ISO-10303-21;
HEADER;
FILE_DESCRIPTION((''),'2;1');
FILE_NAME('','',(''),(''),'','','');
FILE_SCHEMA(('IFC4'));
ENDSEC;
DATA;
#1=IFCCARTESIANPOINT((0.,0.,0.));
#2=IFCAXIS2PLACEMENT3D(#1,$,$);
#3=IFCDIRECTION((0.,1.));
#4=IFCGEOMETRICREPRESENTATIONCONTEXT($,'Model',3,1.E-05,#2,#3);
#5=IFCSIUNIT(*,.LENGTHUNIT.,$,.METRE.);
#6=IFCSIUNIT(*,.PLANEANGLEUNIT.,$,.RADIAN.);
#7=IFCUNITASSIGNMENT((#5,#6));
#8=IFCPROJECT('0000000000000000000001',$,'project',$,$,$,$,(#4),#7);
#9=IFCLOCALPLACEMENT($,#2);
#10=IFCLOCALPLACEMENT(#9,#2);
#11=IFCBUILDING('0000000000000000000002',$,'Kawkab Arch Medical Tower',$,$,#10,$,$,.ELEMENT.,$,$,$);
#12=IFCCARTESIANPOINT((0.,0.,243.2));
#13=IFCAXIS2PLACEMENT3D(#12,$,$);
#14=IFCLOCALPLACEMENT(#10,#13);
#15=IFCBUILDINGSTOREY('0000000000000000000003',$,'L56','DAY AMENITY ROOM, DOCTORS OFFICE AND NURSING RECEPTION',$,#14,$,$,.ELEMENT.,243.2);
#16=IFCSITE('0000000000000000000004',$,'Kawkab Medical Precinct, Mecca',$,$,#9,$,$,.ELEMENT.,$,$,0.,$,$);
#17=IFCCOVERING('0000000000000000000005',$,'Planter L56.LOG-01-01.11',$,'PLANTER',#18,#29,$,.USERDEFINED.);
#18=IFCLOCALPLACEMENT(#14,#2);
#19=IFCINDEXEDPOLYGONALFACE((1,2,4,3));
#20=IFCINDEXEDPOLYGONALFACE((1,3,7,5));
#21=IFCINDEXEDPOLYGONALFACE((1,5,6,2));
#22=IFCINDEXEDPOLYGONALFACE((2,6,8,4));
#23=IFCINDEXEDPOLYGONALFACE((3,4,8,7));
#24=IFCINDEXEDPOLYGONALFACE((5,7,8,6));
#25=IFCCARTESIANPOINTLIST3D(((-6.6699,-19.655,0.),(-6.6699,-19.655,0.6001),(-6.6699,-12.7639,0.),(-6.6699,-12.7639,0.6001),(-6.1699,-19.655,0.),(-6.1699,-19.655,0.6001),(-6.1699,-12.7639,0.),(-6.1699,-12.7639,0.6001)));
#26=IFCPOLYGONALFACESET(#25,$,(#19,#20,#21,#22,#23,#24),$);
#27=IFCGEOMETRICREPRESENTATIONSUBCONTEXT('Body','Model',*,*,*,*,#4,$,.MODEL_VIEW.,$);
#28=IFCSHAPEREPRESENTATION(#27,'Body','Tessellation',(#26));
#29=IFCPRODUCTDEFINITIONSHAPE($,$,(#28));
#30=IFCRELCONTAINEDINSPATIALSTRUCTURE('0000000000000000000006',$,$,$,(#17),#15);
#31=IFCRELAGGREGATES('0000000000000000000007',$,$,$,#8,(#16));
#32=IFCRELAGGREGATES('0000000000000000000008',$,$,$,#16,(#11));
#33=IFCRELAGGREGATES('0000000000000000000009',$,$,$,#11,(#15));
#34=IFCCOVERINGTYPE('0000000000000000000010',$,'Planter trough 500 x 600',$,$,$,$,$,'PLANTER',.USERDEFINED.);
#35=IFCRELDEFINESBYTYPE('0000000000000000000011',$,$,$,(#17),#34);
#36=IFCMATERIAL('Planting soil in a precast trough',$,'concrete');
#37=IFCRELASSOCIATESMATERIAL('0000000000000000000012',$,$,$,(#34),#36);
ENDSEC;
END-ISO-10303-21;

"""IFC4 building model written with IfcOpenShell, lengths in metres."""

from ifc_helpers import new_model, si_unit, direction, frame, origin, origin_2d, place, context, subcontext, project, spatial, rectangle, extrude, material, material_profile, profile_set, type_object, element, save


model = new_model("IFC4")

# Units and contexts
model_context = context("Model", 3, precision=1e-05, world=origin(), true_north=direction((0.0, 1.0)))
body_context = subcontext(model_context, "Body", "Model", "MODEL_VIEW")
ifc_project = project(units=[si_unit("LENGTHUNIT", "METRE"), si_unit("PLANEANGLEUNIT", "RADIAN")], contexts=[model_context])

# Site, building, storey
site_placement = place(None, origin())
site = spatial("IfcSite", under=ifc_project, at=site_placement, Name="Kawkab Medical Precinct, Mecca", CompositionType="ELEMENT", RefElevation=0.0)
building_placement = place(site_placement, origin())
building = spatial("IfcBuilding", under=site, at=building_placement, Name="Kawkab Arch Medical Tower", CompositionType="ELEMENT")
storey_placement = place(building_placement, frame((0.0, 0.0, 243.2)))
storey = spatial("IfcBuildingStorey", under=building, at=storey_placement, Name="L56", Description="DAY AMENITY ROOM, DOCTORS OFFICE AND NURSING RECEPTION", CompositionType="ELEMENT", Elevation=243.2)

# Covering
ifc_material_1 = material(Name="Planting soil in a precast trough", Category="concrete")
ifc_material_profile_1 = material_profile(ifc_material_1, rectangle(XDim=0.5, YDim=0.6001, at=origin_2d()), Name="Trough 500x600")
ifc_profile_set_1 = profile_set([ifc_material_profile_1], Name="Planting soil in a precast trough")
covering_type_1 = type_object("IfcCoveringType", Name="Planter trough 500 x 600", ElementType="PLANTER", PredefinedType="USERDEFINED", material=ifc_profile_set_1)
covering_1_placement = place(storey_placement, frame((-6.4199, -19.655, 0.3), z_axis=(0.0, 1.0, 0.0), x_axis=(-1.0, 0.0, 0.0)))
element("IfcCovering", 1, at=covering_1_placement, inside=storey, type_object=covering_type_1, Name="Planter L56.LOG-01-01.11", ObjectType="PLANTER", PredefinedType="USERDEFINED", context=body_context, shape_type="SweptSolid", body=[
    extrude(rectangle(XDim=0.5, YDim=0.6001, at=origin_2d()), origin(), (0.0, 0.0, 1.0), 6.8911),
])

save(model, "model.ifc")
